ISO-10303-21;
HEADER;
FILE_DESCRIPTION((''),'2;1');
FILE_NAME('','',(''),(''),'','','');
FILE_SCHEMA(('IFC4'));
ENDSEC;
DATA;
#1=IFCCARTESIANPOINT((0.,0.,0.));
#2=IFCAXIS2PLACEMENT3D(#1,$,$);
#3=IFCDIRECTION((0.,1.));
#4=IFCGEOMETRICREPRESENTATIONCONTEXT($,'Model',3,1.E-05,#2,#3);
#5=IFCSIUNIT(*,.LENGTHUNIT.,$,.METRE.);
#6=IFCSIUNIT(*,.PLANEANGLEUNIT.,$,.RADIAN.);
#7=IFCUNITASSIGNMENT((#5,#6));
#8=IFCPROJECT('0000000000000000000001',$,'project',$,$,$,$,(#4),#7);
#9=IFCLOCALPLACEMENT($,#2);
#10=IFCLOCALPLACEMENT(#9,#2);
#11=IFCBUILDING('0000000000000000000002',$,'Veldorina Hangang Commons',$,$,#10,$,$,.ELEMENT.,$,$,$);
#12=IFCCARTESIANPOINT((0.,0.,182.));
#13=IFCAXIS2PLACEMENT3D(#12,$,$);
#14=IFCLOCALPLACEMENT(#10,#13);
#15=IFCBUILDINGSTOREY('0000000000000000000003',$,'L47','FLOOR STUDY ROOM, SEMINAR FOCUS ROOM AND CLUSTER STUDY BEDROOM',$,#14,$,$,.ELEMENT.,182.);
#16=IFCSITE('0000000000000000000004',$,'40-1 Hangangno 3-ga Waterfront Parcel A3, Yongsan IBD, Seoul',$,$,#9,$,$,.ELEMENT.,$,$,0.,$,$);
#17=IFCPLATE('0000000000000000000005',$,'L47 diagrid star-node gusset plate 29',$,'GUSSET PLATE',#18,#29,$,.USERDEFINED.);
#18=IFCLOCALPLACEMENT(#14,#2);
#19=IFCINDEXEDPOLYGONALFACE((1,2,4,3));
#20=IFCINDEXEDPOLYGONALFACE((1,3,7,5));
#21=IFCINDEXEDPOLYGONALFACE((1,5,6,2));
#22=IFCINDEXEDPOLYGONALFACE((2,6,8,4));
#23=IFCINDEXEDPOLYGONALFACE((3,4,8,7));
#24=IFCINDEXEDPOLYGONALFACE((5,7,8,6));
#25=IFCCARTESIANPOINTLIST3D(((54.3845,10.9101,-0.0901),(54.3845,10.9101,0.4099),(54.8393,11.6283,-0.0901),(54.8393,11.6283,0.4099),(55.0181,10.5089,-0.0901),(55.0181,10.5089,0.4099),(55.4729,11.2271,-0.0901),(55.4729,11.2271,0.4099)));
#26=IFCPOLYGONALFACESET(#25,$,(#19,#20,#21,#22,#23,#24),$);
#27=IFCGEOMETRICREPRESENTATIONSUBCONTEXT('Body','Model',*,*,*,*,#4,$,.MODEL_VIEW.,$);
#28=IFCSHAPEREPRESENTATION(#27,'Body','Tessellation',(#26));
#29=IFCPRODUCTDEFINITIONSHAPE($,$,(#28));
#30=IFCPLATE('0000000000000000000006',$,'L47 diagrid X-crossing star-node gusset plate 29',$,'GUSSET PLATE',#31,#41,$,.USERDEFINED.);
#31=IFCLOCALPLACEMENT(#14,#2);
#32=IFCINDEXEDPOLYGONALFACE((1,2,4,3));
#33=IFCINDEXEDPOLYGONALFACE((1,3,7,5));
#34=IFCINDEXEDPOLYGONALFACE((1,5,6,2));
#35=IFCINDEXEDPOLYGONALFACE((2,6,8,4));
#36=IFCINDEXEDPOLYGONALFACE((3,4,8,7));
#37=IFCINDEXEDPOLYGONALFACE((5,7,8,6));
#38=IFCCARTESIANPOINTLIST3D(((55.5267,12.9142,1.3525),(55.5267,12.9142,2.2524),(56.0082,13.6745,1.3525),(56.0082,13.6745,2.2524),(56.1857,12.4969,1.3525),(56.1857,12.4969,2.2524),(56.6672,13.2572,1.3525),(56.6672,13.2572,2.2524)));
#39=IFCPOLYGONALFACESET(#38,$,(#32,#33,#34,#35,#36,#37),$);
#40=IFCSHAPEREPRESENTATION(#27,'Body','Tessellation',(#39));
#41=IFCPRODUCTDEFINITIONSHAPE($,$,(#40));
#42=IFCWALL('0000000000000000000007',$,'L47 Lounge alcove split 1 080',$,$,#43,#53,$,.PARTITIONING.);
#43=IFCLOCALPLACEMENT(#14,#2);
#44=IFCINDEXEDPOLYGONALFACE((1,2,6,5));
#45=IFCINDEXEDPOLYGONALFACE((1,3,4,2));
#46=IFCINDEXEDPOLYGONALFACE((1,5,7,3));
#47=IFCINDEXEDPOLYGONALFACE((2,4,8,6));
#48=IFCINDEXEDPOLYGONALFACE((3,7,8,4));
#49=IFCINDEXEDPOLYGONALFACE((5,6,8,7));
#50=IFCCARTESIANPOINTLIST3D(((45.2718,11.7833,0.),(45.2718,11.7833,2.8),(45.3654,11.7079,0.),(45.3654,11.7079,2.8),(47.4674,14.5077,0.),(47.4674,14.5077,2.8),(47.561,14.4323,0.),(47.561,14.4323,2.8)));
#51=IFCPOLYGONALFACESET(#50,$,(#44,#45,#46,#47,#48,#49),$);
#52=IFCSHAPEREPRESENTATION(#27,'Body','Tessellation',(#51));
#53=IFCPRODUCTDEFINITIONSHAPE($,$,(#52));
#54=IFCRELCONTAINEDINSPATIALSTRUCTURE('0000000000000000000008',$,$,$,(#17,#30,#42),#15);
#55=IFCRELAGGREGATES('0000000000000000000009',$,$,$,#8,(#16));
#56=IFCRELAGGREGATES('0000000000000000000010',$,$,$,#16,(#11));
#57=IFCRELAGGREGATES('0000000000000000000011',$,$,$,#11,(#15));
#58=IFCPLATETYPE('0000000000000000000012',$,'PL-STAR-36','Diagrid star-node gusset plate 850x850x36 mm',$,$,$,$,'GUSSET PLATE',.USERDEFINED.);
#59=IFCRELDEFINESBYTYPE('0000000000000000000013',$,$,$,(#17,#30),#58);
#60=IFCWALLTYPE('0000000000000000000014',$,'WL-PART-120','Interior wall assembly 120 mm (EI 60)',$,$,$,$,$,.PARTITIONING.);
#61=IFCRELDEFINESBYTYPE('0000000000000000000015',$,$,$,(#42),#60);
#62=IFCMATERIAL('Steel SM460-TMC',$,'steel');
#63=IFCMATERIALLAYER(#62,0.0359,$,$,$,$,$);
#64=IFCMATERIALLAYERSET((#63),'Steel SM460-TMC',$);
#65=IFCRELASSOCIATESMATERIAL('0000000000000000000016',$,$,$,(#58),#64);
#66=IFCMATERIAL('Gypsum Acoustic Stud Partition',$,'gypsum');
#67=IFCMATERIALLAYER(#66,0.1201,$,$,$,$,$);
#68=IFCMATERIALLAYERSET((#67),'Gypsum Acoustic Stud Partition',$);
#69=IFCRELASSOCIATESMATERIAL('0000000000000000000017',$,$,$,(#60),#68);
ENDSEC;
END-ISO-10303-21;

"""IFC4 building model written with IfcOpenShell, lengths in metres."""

from ifc_helpers import new_model, si_unit, direction, frame, frame_2d, origin, origin_2d, place, context, subcontext, project, spatial, rectangle, extrude, material, layer, layer_set, type_object, element, save


model = new_model("IFC4")

# Units and contexts
model_context = context("Model", 3, precision=1e-05, world=origin(), true_north=direction((0.0, 1.0)))
body_context = subcontext(model_context, "Body", "Model", "MODEL_VIEW")
ifc_project = project(units=[si_unit("LENGTHUNIT", "METRE"), si_unit("PLANEANGLEUNIT", "RADIAN")], contexts=[model_context])

# Site, building, storey
site_placement = place(None, origin())
site = spatial("IfcSite", under=ifc_project, at=site_placement, Name="40-1 Hangangno 3-ga Waterfront Parcel A3, Yongsan IBD, Seoul", CompositionType="ELEMENT", RefElevation=0.0)
building_placement = place(site_placement, origin())
building = spatial("IfcBuilding", under=site, at=building_placement, Name="Veldorina Hangang Commons", CompositionType="ELEMENT")
storey_placement = place(building_placement, frame((0.0, 0.0, 182.0)))
storey = spatial("IfcBuildingStorey", under=building, at=storey_placement, Name="L47", Description="FLOOR STUDY ROOM, SEMINAR FOCUS ROOM AND CLUSTER STUDY BEDROOM", CompositionType="ELEMENT", Elevation=182.0)

# Plates
ifc_material_1 = material(Name="Steel SM460-TMC", Category="steel")
ifc_layer_1 = layer(ifc_material_1, 0.0359)
ifc_layer_set_1 = layer_set([ifc_layer_1], Name="Steel SM460-TMC")
plate_type_1 = type_object("IfcPlateType", Name="PL-STAR-36", Description="Diagrid star-node gusset plate 850x850x36 mm", ElementType="GUSSET PLATE", PredefinedType="USERDEFINED", material=ifc_layer_set_1)
for number, where, z_axis, x_axis, name in (
    (1, (54.9287, 11.0686, -0.0901), (0.0, 0.0, 1.0), (0.535016, 0.844842, 0.0), "L47 diagrid star-node gusset plate 29"),
):
    element("IfcPlate", number, at=place(storey_placement, frame(where, z_axis=z_axis, x_axis=x_axis)), inside=storey, type_object=plate_type_1, Name=name, ObjectType="GUSSET PLATE", PredefinedType="USERDEFINED", context=body_context, shape_type="SweptSolid", body=[
        extrude(rectangle(XDim=0.8501, YDim=0.75, at=origin_2d()), origin(), (0.0, 0.0, 1.0), 0.5),
    ])
plate_1_placement = place(storey_placement, frame((56.0969, 13.0857, 1.3525), z_axis=(0.0, 0.0, 1.0), x_axis=(0.535016, 0.844842, 0.0)))
element("IfcPlate", 2, at=plate_1_placement, inside=storey, type_object=plate_type_1, Name="L47 diagrid X-crossing star-node gusset plate 29", ObjectType="GUSSET PLATE", PredefinedType="USERDEFINED", context=body_context, shape_type="SweptSolid", body=[
    extrude(rectangle(XDim=0.8999, YDim=0.78, at=origin_2d()), origin(), (0.0, 0.0, 1.0), 0.8999),
])

# Wall
ifc_material_2 = material(Name="Gypsum Acoustic Stud Partition", Category="gypsum")
ifc_layer_2 = layer(ifc_material_2, 0.1201)
ifc_layer_set_2 = layer_set([ifc_layer_2], Name="Gypsum Acoustic Stud Partition")
wall_type_1 = type_object("IfcWallType", Name="WL-PART-120", Description="Interior wall assembly 120 mm (EI 60)", PredefinedType="PARTITIONING", material=ifc_layer_set_2)
wall_1_placement = place(storey_placement, frame((45.3186, 11.7456, 0.0), z_axis=(0.0, 0.0, 1.0), x_axis=(0.627491, 0.778624, 0.0)))
element("IfcWall", 3, at=wall_1_placement, inside=storey, type_object=wall_type_1, Name="L47 Lounge alcove split 1 080", PredefinedType="PARTITIONING", context=body_context, shape_type="SweptSolid", body=[
    extrude(rectangle(XDim=3.499, YDim=0.1201, at=frame_2d((1.7495, 0.0))), origin(), (0.0, 0.0, 1.0), 2.8),
])

save(model, "model.ifc")
